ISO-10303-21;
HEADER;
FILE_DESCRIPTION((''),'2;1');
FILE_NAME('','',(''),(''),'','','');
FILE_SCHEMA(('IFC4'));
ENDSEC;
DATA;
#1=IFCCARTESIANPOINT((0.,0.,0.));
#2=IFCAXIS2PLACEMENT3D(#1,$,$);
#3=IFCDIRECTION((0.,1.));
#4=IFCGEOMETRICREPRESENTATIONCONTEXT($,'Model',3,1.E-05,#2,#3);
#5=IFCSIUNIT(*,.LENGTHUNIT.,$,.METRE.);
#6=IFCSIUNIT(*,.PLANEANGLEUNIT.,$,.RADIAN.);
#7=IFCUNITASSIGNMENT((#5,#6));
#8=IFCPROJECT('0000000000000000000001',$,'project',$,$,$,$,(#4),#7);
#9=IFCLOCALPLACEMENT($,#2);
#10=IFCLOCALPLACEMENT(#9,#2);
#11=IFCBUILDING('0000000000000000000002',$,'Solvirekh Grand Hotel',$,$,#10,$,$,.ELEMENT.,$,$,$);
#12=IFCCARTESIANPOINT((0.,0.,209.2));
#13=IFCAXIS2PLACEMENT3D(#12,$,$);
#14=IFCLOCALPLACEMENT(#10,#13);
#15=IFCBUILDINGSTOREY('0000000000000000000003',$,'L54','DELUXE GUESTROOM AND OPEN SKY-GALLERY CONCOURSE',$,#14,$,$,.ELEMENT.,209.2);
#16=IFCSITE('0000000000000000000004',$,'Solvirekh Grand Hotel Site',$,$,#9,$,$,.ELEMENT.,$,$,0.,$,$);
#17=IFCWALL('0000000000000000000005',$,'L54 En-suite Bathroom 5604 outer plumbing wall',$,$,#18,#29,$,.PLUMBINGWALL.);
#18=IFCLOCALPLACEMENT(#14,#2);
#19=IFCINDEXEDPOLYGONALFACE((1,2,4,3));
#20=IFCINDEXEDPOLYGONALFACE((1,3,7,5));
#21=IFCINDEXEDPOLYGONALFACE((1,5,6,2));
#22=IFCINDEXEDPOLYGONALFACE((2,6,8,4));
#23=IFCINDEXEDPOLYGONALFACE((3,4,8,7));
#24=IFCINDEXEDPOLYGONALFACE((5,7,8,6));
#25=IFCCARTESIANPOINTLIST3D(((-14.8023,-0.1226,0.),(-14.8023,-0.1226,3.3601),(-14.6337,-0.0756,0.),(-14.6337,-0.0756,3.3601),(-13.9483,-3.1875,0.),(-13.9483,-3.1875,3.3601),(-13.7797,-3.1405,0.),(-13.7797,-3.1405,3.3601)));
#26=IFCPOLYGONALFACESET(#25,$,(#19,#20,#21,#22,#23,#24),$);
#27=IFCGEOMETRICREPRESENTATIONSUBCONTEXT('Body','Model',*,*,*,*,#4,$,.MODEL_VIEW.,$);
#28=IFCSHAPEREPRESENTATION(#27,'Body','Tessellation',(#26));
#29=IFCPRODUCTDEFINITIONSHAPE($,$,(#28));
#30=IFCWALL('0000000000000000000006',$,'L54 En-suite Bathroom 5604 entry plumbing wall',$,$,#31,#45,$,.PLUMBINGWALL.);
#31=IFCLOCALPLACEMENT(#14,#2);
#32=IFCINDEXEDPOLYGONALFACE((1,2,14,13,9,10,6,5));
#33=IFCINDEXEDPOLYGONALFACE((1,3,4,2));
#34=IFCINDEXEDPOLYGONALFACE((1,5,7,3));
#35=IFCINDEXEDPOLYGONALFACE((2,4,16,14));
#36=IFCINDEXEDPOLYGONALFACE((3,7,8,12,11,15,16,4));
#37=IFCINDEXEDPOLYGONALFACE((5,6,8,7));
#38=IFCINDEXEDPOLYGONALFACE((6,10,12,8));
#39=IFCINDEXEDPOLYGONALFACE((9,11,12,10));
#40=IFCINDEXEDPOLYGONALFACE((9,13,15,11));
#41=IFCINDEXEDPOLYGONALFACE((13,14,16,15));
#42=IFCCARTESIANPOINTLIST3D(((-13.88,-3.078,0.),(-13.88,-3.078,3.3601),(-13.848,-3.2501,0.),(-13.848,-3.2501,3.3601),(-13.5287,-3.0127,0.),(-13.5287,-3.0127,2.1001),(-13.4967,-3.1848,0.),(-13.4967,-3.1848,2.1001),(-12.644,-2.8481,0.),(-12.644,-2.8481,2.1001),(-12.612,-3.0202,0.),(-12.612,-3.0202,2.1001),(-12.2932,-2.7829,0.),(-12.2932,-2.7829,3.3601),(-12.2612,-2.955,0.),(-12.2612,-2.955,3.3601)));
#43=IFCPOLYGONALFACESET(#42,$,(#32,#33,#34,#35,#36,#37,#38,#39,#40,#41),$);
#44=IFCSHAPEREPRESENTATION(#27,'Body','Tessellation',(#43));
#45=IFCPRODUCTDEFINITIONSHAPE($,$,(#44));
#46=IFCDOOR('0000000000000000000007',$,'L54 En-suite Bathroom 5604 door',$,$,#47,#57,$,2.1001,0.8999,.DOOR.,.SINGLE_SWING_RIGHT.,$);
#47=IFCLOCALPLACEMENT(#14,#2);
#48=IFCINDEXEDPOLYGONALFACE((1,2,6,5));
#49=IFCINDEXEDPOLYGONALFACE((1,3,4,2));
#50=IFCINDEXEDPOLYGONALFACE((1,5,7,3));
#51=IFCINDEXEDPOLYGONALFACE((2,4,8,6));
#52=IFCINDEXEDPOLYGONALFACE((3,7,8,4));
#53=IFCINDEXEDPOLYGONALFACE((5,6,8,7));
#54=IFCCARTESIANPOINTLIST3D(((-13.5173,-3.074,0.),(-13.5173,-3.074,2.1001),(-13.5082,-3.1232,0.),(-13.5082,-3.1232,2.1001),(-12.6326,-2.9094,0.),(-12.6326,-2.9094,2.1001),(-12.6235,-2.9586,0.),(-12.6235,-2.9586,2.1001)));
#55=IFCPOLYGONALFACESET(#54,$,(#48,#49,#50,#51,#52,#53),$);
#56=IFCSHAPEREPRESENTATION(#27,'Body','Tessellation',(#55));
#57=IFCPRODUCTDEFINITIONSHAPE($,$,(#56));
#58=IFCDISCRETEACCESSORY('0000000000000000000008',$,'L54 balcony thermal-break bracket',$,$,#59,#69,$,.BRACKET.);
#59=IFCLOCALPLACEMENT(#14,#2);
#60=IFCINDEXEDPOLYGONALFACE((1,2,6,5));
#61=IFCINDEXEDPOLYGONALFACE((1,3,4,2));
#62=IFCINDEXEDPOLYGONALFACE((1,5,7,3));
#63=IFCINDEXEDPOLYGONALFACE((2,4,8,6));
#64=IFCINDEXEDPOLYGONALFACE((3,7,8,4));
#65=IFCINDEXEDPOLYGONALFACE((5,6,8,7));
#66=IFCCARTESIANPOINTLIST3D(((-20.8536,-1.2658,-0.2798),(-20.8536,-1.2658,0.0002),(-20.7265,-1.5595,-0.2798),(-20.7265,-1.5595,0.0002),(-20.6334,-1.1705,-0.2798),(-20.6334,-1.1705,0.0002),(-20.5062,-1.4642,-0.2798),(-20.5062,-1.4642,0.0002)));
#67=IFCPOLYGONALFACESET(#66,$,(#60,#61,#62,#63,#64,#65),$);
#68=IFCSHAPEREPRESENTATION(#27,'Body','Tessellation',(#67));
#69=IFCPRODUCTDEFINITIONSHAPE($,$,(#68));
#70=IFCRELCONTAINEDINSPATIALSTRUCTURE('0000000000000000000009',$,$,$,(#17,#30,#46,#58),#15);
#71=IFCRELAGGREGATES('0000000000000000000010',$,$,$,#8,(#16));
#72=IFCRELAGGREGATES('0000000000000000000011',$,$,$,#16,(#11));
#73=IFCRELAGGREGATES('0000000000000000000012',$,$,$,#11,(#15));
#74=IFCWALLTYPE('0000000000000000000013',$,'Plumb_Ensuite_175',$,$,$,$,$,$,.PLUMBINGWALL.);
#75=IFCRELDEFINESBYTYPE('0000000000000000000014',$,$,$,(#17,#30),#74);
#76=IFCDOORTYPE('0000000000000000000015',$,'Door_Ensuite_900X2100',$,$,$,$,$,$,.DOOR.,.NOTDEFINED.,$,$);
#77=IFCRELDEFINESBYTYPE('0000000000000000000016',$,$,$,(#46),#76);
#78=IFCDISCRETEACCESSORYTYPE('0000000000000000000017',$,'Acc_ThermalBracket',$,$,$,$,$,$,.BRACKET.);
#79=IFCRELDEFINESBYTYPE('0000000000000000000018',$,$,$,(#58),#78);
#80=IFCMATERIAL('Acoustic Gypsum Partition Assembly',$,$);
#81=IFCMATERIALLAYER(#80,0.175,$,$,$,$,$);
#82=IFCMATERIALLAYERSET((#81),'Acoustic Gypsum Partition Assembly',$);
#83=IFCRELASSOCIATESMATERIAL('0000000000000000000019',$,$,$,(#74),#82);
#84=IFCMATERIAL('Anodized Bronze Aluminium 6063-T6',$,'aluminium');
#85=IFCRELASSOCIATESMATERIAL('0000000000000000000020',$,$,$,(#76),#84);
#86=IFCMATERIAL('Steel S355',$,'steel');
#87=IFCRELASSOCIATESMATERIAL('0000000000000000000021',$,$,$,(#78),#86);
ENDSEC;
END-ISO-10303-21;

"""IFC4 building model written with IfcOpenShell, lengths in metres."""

from ifc_helpers import new_model, si_unit, direction, frame, frame_2d, origin, origin_2d, place, context, subcontext, project, spatial, rectangle, extrude, material, layer, layer_set, type_object, element, fill, save


model = new_model("IFC4")

# Units and contexts
model_context = context("Model", 3, precision=1e-05, world=origin(), true_north=direction((0.0, 1.0)))
body_context = subcontext(model_context, "Body", "Model", "MODEL_VIEW")
ifc_project = project(units=[si_unit("LENGTHUNIT", "METRE"), si_unit("PLANEANGLEUNIT", "RADIAN")], contexts=[model_context])

# Site, building, storey
site_placement = place(None, origin())
site = spatial("IfcSite", under=ifc_project, at=site_placement, Name="Solvirekh Grand Hotel Site", CompositionType="ELEMENT", RefElevation=0.0)
building_placement = place(site_placement, origin())
building = spatial("IfcBuilding", under=site, at=building_placement, Name="Solvirekh Grand Hotel", CompositionType="ELEMENT")
storey_placement = place(building_placement, frame((0.0, 0.0, 209.2)))
storey = spatial("IfcBuildingStorey", under=building, at=storey_placement, Name="L54", Description="DELUXE GUESTROOM AND OPEN SKY-GALLERY CONCOURSE", CompositionType="ELEMENT", Elevation=209.2)

# Shared definitions
ifc_material_1 = material(Name="Steel S355", Category="steel")

# Shared definitions
ifc_material_2 = material(Name="Acoustic Gypsum Partition Assembly")

# Shared definitions
ifc_material_3 = material(Name="Anodized Bronze Aluminium 6063-T6", Category="aluminium")

# Wall
ifc_layer_1 = layer(ifc_material_2, 0.175)
ifc_layer_set_1 = layer_set([ifc_layer_1], Name="Acoustic Gypsum Partition Assembly")
wall_type_1 = type_object("IfcWallType", Name="Plumb_Ensuite_175", PredefinedType="PLUMBINGWALL", material=ifc_layer_set_1)
wall_1_placement = place(storey_placement, frame((-14.718, -0.0991, 0.0), z_axis=(0.0, 0.0, 1.0), x_axis=(0.268412, -0.963304, 0.0)))
element("IfcWall", 1, at=wall_1_placement, inside=storey, type_object=wall_type_1, Name="L54 En-suite Bathroom 5604 outer plumbing wall", PredefinedType="PLUMBINGWALL", context=body_context, shape_type="SweptSolid", body=[
    extrude(rectangle(XDim=3.1816, YDim=0.175, at=frame_2d((1.5908, 0.0))), origin(), (0.0, 0.0, 1.0), 3.3601),
])

# Wall, opening, door
wall_2_placement = place(storey_placement, frame((-12.2771, -2.8689, 0.0), z_axis=(0.0, 0.0, 1.0), x_axis=(-0.983138, -0.182864, 0.0)))
wall_2 = element("IfcWall", 2, at=wall_2_placement, inside=storey, type_object=wall_type_1, Name="L54 En-suite Bathroom 5604 entry plumbing wall", PredefinedType="PLUMBINGWALL", context=body_context, shape_type="SweptSolid", body=[
    extrude(rectangle(XDim=1.614, YDim=0.175, at=frame_2d((0.8071, 0.0))), origin(), (0.0, 0.0, 1.0), 3.3601),
])
opening_1_placement = place(wall_2_placement, frame((0.3569, 0.0, 0.0)))
opening_1 = element("IfcOpeningElement", 3, at=opening_1_placement, cuts=wall_2, PredefinedType="OPENING", context=body_context, shape_type="SweptSolid", body=[
    extrude(rectangle(XDim=0.8999, YDim=2.1001, at=frame_2d((0.45, 1.05))), frame((0.0, 0.0977, 0.0), z_axis=(0.0, -1.0, 0.0), x_axis=(1.0, 0.0, 0.0)), (0.0, 0.0, 1.0), 0.1951),
])
door_type_1 = type_object("IfcDoorType", Name="Door_Ensuite_900X2100", OperationType="NOTDEFINED", PredefinedType="DOOR", material=ifc_material_3)
door_1_placement = place(opening_1_placement, origin())
door_1 = element("IfcDoor", 4, at=door_1_placement, inside=storey, type_object=door_type_1, Name="L54 En-suite Bathroom 5604 door", OperationType="SINGLE_SWING_RIGHT", OverallHeight=2.1001, OverallWidth=0.8999, PredefinedType="DOOR", context=body_context, shape_type="SweptSolid", body=[
    extrude(rectangle(XDim=0.8999, YDim=2.1001, at=frame_2d((0.45, 1.05))), frame((0.0, 0.0249, 0.0), z_axis=(0.0, -1.0, 0.0), x_axis=(1.0, 0.0, 0.0)), (0.0, 0.0, 1.0), 0.05),
])
fill(opening_1, door_1)

# Discrete accessory
discrete_accessory_type = type_object("IfcDiscreteAccessoryType", Name="Acc_ThermalBracket", PredefinedType="BRACKET", material=ifc_material_1)
discrete_accessory_placement = place(storey_placement, frame((-20.6799, -1.365, -0.2798), z_axis=(0.0, 0.0, 1.0), x_axis=(0.397148, -0.917755, 0.0)))
element("IfcDiscreteAccessory", 5, at=discrete_accessory_placement, inside=storey, type_object=discrete_accessory_type, Name="L54 balcony thermal-break bracket", PredefinedType="BRACKET", context=body_context, shape_type="SweptSolid", body=[
    extrude(rectangle(XDim=0.3201, YDim=0.24, at=origin_2d()), origin(), (0.0, 0.0, 1.0), 0.28),
])

save(model, "model.ifc")
